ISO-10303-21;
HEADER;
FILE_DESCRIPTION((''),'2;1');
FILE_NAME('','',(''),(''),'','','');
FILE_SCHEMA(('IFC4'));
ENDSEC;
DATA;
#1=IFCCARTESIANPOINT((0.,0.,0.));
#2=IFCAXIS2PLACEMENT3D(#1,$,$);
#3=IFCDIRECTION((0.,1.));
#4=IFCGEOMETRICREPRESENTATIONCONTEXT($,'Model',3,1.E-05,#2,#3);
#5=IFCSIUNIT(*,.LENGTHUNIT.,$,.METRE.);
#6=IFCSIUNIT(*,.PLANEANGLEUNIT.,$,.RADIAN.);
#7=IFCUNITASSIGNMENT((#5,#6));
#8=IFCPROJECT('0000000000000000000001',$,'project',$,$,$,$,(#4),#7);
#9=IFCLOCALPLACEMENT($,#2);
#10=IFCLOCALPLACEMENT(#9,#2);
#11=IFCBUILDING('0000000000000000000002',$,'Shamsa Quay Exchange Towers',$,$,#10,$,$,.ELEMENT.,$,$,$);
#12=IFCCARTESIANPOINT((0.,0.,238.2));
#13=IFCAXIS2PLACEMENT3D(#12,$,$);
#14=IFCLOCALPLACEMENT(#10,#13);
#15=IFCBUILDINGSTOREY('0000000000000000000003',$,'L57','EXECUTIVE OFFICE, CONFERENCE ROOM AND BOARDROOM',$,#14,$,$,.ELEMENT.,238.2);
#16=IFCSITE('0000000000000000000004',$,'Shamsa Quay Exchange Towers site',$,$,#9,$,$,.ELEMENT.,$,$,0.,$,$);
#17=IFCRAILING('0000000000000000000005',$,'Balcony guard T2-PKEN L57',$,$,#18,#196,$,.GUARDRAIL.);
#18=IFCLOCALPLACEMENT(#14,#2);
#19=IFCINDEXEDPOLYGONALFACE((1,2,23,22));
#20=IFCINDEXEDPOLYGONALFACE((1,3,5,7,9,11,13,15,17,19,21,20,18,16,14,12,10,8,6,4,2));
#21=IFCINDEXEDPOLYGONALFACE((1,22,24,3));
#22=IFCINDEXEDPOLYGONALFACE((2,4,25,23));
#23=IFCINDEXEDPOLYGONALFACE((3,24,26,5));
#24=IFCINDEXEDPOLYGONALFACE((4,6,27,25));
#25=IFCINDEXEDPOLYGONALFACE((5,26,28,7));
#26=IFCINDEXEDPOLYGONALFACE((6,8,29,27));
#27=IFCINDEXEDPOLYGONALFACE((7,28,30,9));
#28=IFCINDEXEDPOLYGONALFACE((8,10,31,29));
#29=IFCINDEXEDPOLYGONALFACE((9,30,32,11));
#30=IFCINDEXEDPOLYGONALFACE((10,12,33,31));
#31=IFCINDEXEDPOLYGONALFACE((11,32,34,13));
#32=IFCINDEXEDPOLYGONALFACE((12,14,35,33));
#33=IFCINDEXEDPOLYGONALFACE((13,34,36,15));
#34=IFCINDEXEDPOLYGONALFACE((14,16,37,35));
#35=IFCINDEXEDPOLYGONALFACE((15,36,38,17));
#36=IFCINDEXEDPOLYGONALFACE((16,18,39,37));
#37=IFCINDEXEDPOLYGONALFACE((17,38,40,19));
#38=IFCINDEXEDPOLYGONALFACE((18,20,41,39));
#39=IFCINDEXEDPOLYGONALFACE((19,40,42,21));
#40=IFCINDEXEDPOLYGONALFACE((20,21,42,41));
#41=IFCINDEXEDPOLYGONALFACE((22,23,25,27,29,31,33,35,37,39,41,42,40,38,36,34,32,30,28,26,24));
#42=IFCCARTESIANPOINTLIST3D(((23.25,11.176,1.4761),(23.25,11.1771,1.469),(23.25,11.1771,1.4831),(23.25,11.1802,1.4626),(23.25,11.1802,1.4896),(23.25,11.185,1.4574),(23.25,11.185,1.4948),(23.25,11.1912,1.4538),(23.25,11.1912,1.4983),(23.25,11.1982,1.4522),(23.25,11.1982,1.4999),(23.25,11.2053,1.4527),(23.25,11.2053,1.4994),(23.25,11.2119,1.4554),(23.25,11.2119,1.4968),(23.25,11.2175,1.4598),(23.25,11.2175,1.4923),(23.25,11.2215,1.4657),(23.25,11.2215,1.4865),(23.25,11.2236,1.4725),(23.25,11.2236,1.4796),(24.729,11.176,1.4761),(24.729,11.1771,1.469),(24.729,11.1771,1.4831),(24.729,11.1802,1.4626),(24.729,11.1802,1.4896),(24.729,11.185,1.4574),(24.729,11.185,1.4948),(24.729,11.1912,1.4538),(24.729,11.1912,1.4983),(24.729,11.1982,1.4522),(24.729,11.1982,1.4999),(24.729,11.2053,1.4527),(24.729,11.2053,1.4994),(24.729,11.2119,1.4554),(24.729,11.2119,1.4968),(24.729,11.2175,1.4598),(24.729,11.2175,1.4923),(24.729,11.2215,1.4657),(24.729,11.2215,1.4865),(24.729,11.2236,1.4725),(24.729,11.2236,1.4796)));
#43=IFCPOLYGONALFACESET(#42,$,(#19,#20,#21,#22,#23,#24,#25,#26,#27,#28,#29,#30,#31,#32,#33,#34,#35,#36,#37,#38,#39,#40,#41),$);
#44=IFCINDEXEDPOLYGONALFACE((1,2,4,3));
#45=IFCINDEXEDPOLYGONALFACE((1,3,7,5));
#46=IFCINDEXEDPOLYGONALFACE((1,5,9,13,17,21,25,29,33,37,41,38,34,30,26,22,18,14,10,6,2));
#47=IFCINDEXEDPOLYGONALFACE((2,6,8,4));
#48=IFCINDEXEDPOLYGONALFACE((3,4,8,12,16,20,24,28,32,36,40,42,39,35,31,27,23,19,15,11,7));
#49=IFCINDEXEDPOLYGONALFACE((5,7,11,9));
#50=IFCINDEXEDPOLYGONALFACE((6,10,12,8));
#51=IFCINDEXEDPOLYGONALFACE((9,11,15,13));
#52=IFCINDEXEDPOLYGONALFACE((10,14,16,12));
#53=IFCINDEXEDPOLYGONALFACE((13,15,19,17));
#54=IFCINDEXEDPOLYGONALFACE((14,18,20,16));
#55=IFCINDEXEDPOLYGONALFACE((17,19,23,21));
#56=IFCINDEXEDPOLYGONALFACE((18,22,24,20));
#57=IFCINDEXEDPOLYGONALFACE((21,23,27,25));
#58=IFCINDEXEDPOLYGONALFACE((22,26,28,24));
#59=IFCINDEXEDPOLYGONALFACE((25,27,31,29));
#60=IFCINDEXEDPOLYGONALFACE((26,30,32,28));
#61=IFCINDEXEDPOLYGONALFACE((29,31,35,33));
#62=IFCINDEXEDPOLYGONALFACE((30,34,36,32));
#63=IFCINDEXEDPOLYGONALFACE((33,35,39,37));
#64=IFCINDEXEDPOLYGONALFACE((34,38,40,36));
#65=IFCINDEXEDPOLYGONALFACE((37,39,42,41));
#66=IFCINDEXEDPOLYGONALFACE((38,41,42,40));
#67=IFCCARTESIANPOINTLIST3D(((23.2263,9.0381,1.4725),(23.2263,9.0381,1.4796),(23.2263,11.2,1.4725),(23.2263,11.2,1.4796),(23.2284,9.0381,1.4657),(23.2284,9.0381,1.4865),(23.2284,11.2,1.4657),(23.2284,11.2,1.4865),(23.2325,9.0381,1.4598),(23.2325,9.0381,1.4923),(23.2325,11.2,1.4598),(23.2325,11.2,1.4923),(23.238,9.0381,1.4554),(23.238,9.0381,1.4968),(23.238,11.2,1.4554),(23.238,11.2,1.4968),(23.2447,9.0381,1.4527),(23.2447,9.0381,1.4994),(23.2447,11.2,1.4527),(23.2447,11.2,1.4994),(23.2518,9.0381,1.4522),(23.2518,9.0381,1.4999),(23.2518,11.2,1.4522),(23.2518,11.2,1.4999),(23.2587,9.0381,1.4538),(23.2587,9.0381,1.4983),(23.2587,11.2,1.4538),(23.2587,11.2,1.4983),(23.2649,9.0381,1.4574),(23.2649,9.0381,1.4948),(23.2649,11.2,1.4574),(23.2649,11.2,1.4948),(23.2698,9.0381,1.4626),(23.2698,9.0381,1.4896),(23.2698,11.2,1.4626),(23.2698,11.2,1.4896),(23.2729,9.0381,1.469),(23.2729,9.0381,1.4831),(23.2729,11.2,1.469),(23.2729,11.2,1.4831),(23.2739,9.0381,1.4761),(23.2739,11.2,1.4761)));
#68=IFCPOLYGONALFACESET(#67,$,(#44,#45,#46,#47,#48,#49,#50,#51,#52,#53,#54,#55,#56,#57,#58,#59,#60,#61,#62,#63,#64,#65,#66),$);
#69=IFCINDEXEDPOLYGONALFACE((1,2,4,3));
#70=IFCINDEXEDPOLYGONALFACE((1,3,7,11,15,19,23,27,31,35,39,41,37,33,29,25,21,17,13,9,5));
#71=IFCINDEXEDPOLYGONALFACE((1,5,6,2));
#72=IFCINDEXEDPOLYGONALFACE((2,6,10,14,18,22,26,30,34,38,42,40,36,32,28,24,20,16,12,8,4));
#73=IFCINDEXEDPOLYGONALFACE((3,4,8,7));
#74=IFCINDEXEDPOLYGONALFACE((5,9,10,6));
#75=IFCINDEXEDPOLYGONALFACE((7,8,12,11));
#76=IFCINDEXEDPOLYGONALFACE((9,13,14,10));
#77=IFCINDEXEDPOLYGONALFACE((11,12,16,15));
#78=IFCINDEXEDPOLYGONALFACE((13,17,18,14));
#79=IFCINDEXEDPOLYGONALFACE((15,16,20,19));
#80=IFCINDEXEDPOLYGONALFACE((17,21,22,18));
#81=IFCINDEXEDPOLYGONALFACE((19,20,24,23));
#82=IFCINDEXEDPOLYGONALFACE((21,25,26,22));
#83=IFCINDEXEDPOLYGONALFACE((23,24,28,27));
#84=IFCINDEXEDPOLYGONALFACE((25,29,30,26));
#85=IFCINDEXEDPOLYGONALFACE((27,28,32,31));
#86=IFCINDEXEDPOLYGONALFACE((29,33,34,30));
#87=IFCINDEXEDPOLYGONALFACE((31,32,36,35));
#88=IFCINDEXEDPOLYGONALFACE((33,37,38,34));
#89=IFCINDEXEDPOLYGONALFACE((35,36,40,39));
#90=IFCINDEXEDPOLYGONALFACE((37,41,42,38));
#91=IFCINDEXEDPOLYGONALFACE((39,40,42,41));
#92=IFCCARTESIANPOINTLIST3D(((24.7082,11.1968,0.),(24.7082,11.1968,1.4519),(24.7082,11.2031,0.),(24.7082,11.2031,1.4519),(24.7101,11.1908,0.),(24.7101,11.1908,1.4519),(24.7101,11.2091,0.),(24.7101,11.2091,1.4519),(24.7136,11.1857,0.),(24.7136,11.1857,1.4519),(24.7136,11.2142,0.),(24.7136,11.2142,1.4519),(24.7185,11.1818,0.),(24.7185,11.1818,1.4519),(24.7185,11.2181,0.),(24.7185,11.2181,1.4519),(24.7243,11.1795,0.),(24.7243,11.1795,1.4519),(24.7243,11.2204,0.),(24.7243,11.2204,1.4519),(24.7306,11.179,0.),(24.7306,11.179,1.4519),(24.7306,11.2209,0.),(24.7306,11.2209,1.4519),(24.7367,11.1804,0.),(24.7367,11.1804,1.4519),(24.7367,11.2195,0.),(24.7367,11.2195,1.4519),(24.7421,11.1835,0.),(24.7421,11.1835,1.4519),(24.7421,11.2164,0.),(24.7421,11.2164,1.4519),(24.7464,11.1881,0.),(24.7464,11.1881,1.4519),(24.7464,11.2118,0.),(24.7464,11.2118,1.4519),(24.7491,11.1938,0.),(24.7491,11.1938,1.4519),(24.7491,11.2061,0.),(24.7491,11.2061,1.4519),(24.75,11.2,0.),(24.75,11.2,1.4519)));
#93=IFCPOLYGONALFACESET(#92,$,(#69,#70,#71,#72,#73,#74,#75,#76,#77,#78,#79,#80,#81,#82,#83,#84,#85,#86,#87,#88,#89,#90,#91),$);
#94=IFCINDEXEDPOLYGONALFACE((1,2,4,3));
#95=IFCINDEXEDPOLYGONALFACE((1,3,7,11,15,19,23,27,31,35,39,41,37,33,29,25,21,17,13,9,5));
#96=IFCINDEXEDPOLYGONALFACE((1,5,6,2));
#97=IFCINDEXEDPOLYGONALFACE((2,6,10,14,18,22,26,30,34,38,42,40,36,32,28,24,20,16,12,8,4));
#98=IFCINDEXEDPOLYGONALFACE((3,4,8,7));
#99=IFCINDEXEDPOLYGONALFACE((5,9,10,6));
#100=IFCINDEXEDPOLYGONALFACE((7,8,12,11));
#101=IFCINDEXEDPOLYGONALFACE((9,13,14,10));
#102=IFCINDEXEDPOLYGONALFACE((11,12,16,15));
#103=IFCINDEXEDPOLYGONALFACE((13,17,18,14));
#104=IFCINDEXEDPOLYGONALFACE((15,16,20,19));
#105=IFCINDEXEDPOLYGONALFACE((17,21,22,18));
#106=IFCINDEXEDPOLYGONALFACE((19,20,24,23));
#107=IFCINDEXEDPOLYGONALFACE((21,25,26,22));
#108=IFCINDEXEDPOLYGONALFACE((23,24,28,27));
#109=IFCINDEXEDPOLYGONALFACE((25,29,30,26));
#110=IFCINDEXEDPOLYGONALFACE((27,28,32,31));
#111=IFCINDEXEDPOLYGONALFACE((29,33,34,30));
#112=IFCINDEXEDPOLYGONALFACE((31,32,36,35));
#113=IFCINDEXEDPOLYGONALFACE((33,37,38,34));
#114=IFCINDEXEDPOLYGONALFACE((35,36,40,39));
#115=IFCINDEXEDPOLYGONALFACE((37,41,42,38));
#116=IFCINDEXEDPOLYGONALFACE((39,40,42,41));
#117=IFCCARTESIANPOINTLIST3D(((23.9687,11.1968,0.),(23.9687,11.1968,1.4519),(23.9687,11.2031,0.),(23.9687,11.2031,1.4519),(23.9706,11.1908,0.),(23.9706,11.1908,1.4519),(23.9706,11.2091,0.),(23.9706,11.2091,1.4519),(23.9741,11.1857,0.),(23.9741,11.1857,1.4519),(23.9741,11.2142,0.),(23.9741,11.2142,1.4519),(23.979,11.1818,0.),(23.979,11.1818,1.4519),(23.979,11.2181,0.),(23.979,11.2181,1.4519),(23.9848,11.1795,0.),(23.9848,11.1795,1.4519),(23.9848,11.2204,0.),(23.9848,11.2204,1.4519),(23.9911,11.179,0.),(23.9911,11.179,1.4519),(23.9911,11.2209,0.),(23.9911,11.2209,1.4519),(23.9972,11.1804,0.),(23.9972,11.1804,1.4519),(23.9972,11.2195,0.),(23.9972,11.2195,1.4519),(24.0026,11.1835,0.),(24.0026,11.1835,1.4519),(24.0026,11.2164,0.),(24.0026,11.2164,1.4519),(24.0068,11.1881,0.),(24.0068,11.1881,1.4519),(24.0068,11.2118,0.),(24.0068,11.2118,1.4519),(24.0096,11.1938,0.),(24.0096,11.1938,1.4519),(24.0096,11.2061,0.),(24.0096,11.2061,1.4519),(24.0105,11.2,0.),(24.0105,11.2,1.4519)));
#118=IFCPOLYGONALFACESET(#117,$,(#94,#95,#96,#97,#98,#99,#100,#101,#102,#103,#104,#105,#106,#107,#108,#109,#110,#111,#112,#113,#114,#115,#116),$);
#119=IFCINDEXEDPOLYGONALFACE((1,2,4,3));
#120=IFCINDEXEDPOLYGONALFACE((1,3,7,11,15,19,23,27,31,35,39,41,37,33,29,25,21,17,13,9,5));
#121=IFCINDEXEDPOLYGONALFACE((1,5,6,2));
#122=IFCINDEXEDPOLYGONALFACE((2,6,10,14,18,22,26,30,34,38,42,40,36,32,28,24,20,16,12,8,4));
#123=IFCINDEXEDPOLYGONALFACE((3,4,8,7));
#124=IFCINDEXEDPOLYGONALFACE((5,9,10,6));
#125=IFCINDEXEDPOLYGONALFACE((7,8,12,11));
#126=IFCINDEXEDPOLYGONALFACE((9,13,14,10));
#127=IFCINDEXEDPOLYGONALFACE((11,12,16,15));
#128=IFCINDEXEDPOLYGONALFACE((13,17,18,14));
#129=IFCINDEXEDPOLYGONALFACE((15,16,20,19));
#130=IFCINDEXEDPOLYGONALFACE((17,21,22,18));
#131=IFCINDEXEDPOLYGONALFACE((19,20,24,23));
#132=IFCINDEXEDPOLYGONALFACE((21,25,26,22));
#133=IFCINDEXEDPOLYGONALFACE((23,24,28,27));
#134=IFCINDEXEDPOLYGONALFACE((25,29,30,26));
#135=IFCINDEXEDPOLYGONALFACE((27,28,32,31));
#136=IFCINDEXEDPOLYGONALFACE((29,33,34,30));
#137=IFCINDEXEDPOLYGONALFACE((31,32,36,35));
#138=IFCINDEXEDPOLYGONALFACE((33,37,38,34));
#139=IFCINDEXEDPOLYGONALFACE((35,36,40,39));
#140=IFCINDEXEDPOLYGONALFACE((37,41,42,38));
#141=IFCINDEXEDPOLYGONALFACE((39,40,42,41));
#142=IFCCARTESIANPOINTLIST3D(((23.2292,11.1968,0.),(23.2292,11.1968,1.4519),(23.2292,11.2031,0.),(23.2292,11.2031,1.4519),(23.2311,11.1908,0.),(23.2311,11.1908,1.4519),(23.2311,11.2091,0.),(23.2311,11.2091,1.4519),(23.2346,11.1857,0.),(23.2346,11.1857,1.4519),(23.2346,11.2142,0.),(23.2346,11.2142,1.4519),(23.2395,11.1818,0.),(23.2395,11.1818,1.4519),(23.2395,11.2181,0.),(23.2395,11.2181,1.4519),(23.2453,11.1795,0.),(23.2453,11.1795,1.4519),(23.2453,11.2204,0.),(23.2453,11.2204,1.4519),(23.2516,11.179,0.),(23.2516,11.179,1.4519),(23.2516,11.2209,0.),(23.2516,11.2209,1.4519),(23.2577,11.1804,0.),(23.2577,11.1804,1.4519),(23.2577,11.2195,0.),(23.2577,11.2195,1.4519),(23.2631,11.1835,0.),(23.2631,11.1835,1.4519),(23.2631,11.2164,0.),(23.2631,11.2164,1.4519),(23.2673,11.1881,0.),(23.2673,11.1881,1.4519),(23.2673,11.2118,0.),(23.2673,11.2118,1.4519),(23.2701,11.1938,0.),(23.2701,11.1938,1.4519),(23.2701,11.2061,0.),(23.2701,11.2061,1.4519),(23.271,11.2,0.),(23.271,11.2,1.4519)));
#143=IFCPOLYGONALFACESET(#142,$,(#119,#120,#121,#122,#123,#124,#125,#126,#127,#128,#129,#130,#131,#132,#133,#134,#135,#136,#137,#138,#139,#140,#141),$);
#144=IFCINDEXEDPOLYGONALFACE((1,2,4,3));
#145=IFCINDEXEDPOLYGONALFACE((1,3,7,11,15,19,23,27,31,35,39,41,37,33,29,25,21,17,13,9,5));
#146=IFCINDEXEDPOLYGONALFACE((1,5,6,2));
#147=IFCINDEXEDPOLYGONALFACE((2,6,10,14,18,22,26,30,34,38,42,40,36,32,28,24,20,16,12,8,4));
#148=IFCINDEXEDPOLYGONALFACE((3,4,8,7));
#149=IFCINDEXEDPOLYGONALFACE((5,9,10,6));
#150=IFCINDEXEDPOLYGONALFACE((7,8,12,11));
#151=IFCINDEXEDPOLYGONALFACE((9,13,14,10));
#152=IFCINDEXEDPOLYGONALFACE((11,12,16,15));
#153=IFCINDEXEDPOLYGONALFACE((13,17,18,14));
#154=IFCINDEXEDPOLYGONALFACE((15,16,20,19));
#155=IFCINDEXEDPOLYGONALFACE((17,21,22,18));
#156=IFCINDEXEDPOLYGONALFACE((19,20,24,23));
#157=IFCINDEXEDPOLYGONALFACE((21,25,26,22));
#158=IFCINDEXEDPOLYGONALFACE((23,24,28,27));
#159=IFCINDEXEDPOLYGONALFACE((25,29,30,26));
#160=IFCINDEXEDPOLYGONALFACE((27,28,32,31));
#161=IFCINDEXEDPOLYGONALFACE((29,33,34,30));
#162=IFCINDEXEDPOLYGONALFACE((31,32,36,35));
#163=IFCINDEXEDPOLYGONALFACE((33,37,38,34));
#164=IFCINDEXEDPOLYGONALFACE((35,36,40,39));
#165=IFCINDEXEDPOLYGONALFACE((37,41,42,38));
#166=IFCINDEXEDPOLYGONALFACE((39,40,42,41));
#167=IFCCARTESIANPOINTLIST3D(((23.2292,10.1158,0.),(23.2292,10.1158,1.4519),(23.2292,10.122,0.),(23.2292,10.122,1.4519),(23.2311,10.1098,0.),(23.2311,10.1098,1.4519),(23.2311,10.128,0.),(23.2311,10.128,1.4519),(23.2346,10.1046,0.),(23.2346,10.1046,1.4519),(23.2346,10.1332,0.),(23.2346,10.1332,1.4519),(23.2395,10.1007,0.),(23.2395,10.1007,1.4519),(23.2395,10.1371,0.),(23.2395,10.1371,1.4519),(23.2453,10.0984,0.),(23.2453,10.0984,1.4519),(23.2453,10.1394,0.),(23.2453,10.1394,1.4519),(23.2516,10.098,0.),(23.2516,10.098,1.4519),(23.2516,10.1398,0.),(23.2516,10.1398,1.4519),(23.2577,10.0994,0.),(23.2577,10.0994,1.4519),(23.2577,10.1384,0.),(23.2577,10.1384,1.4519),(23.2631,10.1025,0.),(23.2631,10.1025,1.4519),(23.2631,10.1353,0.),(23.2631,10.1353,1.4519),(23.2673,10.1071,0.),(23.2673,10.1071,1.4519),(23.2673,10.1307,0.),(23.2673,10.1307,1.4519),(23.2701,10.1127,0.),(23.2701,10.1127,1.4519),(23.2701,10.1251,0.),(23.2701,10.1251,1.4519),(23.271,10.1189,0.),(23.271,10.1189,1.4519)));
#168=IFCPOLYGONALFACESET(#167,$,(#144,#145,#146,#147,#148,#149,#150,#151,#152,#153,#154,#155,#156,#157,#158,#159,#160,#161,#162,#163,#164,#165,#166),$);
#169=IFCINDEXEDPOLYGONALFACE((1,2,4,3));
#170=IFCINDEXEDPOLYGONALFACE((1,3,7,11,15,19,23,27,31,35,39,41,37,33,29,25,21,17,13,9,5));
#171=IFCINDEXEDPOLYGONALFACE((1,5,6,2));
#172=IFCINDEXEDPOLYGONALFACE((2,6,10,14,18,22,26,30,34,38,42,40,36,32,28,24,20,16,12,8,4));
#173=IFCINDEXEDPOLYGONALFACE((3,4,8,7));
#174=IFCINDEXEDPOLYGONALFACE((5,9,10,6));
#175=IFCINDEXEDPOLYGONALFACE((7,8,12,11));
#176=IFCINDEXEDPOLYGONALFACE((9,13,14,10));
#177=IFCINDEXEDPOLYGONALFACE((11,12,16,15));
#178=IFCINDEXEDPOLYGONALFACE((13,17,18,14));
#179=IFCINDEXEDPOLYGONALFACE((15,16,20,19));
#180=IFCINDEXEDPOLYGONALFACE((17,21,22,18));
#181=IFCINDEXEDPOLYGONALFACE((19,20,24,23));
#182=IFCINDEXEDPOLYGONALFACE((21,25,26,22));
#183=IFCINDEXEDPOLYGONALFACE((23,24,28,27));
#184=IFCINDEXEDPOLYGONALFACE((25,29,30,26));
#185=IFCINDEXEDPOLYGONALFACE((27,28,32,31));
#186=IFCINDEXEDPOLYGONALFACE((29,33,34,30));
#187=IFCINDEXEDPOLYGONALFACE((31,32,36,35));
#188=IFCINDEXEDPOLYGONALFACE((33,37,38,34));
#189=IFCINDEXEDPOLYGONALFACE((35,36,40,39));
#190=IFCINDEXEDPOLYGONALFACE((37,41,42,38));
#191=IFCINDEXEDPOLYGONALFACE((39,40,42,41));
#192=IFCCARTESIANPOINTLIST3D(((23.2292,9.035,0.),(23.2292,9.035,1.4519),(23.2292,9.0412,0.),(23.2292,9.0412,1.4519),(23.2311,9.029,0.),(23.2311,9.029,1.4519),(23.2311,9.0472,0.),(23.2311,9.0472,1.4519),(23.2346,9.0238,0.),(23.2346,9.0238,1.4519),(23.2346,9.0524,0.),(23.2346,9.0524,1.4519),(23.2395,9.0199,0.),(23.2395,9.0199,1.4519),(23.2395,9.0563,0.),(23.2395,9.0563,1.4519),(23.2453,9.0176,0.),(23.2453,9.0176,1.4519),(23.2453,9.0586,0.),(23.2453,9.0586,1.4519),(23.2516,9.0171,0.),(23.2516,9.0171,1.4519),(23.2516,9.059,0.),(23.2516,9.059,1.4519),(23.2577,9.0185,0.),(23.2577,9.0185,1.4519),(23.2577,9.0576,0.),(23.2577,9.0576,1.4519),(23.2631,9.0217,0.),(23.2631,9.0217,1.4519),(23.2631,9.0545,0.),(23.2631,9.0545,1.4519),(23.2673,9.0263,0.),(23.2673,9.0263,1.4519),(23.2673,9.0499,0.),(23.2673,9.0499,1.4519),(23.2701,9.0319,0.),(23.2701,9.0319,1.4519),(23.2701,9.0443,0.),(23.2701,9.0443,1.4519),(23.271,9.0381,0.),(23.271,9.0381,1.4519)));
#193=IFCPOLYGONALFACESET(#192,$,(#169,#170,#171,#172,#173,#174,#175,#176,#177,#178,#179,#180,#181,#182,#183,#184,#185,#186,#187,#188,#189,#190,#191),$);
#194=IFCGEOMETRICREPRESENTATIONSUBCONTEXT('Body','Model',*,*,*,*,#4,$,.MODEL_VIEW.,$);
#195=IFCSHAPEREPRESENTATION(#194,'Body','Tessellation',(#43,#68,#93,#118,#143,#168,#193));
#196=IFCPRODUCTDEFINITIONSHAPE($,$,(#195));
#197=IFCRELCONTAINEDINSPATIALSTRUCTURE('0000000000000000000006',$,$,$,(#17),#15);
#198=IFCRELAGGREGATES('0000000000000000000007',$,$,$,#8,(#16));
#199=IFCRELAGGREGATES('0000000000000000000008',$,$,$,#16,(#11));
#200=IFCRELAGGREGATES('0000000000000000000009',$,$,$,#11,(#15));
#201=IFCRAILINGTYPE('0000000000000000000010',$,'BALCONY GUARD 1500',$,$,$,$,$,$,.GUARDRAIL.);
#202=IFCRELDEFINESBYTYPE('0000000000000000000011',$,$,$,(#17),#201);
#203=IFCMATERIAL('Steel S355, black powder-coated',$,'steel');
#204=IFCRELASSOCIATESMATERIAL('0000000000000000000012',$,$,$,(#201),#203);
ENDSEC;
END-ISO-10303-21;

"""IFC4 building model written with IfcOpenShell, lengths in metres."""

from ifc_helpers import new_model, si_unit, direction, frame, origin, origin_2d, place, context, subcontext, project, spatial, circle, extrude, material, type_object, element, save


model = new_model("IFC4")

# Units and contexts
model_context = context("Model", 3, precision=1e-05, world=origin(), true_north=direction((0.0, 1.0)))
body_context = subcontext(model_context, "Body", "Model", "MODEL_VIEW")
ifc_project = project(units=[si_unit("LENGTHUNIT", "METRE"), si_unit("PLANEANGLEUNIT", "RADIAN")], contexts=[model_context])

# Site, building, storey
site_placement = place(None, origin())
site = spatial("IfcSite", under=ifc_project, at=site_placement, Name="Shamsa Quay Exchange Towers site", CompositionType="ELEMENT", RefElevation=0.0)
building_placement = place(site_placement, origin())
building = spatial("IfcBuilding", under=site, at=building_placement, Name="Shamsa Quay Exchange Towers", CompositionType="ELEMENT")
storey_placement = place(building_placement, frame((0.0, 0.0, 238.2)))
storey = spatial("IfcBuildingStorey", under=building, at=storey_placement, Name="L57", Description="EXECUTIVE OFFICE, CONFERENCE ROOM AND BOARDROOM", CompositionType="ELEMENT", Elevation=238.2)

# Railing
ifc_material_1 = material(Name="Steel S355, black powder-coated", Category="steel")
railing_type = type_object("IfcRailingType", Name="BALCONY GUARD 1500", PredefinedType="GUARDRAIL", material=ifc_material_1)
for number, where, name in (
    (1, (24.729, 11.2, 0.0), "Balcony guard T2-PKEN L57"),
):
    element("IfcRailing", number, at=place(storey_placement, frame(where)), inside=storey, type_object=railing_type, Name=name, PredefinedType="GUARDRAIL", context=body_context, shape_type="SweptSolid", body=[
        extrude(circle(Radius=0.0239, at=origin_2d()), frame((0.0, 0.0, 1.4761), z_axis=(-1.0, 0.0, 0.0), x_axis=(0.0, -1.0, 0.0)), (0.0, 0.0, 1.0), 1.479),
        extrude(circle(Radius=0.0239, at=origin_2d()), frame((-1.479, 0.0, 1.4761), z_axis=(0.0, -1.0, 0.0), x_axis=(1.0, 0.0, 0.0)), (0.0, 0.0, 1.0), 2.1619),
        extrude(circle(Radius=0.021, at=origin_2d()), origin(), (0.0, 0.0, 1.0), 1.4519),
        extrude(circle(Radius=0.021, at=origin_2d()), frame((-0.7395, 0.0, 0.0)), (0.0, 0.0, 1.0), 1.4519),
        extrude(circle(Radius=0.021, at=origin_2d()), frame((-1.479, 0.0, 0.0)), (0.0, 0.0, 1.0), 1.4519),
        extrude(circle(Radius=0.021, at=origin_2d()), frame((-1.479, -1.0811, 0.0)), (0.0, 0.0, 1.0), 1.4519),
        extrude(circle(Radius=0.021, at=origin_2d()), frame((-1.479, -2.1619, 0.0)), (0.0, 0.0, 1.0), 1.4519),
    ])

save(model, "model.ifc")
